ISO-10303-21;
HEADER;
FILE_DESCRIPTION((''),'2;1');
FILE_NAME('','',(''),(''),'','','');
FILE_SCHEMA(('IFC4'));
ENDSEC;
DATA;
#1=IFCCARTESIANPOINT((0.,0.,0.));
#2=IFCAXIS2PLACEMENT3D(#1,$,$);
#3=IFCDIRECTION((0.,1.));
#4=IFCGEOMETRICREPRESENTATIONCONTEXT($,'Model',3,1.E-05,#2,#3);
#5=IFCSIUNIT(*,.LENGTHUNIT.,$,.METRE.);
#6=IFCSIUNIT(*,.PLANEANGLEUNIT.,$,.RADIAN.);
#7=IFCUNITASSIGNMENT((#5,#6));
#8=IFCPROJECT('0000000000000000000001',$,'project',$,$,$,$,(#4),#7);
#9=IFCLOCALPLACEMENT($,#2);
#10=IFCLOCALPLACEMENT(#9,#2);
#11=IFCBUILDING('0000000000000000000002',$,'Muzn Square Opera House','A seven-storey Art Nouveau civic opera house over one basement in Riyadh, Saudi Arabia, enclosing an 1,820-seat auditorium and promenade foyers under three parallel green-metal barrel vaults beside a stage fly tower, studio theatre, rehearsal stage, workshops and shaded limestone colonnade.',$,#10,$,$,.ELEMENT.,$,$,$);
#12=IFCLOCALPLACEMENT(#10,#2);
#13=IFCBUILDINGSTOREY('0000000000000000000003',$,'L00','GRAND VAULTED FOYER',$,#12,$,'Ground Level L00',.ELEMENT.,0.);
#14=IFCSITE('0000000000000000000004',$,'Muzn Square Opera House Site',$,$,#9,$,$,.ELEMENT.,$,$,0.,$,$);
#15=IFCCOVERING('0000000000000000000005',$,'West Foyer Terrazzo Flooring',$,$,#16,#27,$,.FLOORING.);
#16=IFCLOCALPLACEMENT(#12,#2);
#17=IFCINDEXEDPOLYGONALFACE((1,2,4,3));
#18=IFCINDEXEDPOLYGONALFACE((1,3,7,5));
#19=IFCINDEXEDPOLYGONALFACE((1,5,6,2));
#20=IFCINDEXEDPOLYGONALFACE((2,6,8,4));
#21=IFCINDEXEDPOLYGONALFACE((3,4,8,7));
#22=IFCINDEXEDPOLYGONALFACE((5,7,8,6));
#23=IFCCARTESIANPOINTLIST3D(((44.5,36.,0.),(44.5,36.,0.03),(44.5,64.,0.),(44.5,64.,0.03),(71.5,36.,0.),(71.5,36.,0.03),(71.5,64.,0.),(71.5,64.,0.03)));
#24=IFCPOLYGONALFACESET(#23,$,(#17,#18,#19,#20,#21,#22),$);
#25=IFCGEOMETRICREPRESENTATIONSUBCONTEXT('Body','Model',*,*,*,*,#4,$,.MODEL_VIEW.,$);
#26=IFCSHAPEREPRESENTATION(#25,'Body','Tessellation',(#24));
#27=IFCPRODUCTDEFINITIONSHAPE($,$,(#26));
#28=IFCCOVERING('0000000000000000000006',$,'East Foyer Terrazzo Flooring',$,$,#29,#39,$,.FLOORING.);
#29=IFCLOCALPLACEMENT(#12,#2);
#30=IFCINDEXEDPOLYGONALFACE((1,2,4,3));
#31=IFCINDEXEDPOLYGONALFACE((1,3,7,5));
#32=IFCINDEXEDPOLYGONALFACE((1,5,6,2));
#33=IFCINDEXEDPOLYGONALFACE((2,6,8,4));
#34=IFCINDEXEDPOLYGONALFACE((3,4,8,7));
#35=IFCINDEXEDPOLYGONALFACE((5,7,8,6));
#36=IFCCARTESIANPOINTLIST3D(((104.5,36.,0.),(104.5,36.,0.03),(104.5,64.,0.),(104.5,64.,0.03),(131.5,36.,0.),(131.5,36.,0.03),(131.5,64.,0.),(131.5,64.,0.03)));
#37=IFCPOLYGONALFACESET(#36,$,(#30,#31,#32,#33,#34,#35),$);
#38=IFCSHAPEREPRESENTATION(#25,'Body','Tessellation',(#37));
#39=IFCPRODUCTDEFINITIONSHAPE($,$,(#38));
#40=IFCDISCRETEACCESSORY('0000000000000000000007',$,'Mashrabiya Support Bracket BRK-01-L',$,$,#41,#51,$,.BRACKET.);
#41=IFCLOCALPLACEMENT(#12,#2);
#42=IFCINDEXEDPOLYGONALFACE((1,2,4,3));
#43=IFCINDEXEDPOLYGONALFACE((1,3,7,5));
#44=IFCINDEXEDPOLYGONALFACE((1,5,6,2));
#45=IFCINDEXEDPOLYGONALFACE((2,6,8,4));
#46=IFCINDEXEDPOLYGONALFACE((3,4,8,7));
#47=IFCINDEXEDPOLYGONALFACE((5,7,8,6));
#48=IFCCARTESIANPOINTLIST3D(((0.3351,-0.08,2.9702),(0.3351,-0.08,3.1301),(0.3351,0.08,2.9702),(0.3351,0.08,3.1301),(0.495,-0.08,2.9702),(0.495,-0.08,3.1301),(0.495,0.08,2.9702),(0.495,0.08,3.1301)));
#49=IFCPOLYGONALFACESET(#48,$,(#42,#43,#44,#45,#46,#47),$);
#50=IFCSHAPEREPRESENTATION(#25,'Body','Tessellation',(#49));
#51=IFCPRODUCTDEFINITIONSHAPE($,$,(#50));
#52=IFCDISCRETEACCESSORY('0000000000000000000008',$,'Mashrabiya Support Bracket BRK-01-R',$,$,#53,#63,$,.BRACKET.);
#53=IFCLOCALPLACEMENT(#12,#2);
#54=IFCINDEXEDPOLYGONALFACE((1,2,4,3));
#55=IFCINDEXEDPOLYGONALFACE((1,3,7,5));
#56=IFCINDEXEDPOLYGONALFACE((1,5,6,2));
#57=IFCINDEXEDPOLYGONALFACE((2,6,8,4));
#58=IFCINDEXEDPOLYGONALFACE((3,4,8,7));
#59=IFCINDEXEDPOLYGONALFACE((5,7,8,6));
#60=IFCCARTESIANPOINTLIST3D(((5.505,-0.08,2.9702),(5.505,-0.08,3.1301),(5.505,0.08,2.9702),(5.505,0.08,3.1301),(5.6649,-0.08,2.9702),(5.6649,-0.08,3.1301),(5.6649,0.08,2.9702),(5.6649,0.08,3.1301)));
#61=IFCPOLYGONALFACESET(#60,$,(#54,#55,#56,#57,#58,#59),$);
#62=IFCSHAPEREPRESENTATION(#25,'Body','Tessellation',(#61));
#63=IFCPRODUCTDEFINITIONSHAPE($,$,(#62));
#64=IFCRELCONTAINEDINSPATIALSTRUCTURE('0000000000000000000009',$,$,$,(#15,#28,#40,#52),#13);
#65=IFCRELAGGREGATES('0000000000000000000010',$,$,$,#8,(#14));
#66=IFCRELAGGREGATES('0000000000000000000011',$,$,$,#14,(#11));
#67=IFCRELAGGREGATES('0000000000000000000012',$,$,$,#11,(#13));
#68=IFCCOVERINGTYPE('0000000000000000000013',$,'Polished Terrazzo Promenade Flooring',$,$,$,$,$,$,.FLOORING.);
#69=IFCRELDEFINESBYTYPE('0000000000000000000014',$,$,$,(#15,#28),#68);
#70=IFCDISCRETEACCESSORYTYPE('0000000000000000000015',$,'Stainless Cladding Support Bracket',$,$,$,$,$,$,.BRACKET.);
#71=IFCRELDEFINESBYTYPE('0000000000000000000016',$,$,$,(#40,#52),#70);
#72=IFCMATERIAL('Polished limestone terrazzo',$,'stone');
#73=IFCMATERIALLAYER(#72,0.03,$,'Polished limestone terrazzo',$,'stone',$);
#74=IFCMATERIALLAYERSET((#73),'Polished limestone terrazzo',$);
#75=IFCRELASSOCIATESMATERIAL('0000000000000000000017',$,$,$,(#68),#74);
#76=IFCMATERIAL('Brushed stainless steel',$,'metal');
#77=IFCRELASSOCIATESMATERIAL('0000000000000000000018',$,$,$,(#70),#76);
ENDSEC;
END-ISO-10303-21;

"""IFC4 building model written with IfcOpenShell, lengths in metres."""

from ifc_helpers import new_model, si_unit, direction, frame, origin, origin_2d, place, context, subcontext, project, spatial, polyline, rectangle, outline, extrude, material, layer, layer_set, type_object, element, save


model = new_model("IFC4")

# Units and contexts
model_context = context("Model", 3, precision=1e-05, world=origin(), true_north=direction((0.0, 1.0)))
body_context = subcontext(model_context, "Body", "Model", "MODEL_VIEW")
ifc_project = project(units=[si_unit("LENGTHUNIT", "METRE"), si_unit("PLANEANGLEUNIT", "RADIAN")], contexts=[model_context])

# Site, building, storey
site_placement = place(None, origin())
site = spatial("IfcSite", under=ifc_project, at=site_placement, Name="Muzn Square Opera House Site", CompositionType="ELEMENT", RefElevation=0.0)
building_placement = place(site_placement, origin())
building = spatial("IfcBuilding", under=site, at=building_placement, Name="Muzn Square Opera House", Description="A seven-storey Art Nouveau civic opera house over one basement in Riyadh, Saudi Arabia, enclosing an 1,820-seat auditorium and promenade foyers under three parallel green-metal barrel vaults beside a stage fly tower, studio theatre, rehearsal stage, workshops and shaded limestone colonnade.", CompositionType="ELEMENT")
storey_placement = place(building_placement, origin())
storey = spatial("IfcBuildingStorey", under=building, at=storey_placement, Name="L00", Description="GRAND VAULTED FOYER", LongName="Ground Level L00", CompositionType="ELEMENT", Elevation=0.0)

# Coverings
ifc_material_1 = material(Name="Polished limestone terrazzo", Category="stone")
ifc_layer_1 = layer(ifc_material_1, 0.03, Name="Polished limestone terrazzo", Category="stone")
ifc_layer_set_1 = layer_set([ifc_layer_1], Name="Polished limestone terrazzo")
covering_type = type_object("IfcCoveringType", Name="Polished Terrazzo Promenade Flooring", PredefinedType="FLOORING", material=ifc_layer_set_1)
covering_1_placement = place(storey_placement, origin())
element("IfcCovering", 1, at=covering_1_placement, inside=storey, type_object=covering_type, Name="West Foyer Terrazzo Flooring", PredefinedType="FLOORING", context=body_context, shape_type="SweptSolid", body=[
    extrude(outline(polyline([(44.5, 36.0), (71.5, 36.0), (71.5, 64.0), (44.5, 64.0), (44.5, 36.0)])), origin(), (0.0, 0.0, 1.0), 0.03),
])
covering_2_placement = place(storey_placement, origin())
element("IfcCovering", 2, at=covering_2_placement, inside=storey, type_object=covering_type, Name="East Foyer Terrazzo Flooring", PredefinedType="FLOORING", context=body_context, shape_type="SweptSolid", body=[
    extrude(outline(polyline([(104.5, 36.0), (131.5, 36.0), (131.5, 64.0), (104.5, 64.0), (104.5, 36.0)])), origin(), (0.0, 0.0, 1.0), 0.03),
])

# Discrete accessories
ifc_material_2 = material(Name="Brushed stainless steel", Category="metal")
discrete_accessory_type = type_object("IfcDiscreteAccessoryType", Name="Stainless Cladding Support Bracket", PredefinedType="BRACKET", material=ifc_material_2)
for number, where, z_axis, x_axis, name in (
    (3, (0.415, 0.0, 2.9702), (0.0, 0.0, 1.0), (1.0, 0.0, 0.0), "Mashrabiya Support Bracket BRK-01-L"),
    (4, (5.585, 0.0, 2.9702), (0.0, 0.0, 1.0), (1.0, 0.0, 0.0), "Mashrabiya Support Bracket BRK-01-R"),
):
    element("IfcDiscreteAccessory", number, at=place(storey_placement, frame(where, z_axis=z_axis, x_axis=x_axis)), inside=storey, type_object=discrete_accessory_type, Name=name, PredefinedType="BRACKET", context=body_context, shape_type="SweptSolid", body=[
        extrude(rectangle(XDim=0.1599, YDim=0.1599, at=origin_2d()), origin(), (0.0, 0.0, 1.0), 0.1599),
    ])

save(model, "model.ifc")
